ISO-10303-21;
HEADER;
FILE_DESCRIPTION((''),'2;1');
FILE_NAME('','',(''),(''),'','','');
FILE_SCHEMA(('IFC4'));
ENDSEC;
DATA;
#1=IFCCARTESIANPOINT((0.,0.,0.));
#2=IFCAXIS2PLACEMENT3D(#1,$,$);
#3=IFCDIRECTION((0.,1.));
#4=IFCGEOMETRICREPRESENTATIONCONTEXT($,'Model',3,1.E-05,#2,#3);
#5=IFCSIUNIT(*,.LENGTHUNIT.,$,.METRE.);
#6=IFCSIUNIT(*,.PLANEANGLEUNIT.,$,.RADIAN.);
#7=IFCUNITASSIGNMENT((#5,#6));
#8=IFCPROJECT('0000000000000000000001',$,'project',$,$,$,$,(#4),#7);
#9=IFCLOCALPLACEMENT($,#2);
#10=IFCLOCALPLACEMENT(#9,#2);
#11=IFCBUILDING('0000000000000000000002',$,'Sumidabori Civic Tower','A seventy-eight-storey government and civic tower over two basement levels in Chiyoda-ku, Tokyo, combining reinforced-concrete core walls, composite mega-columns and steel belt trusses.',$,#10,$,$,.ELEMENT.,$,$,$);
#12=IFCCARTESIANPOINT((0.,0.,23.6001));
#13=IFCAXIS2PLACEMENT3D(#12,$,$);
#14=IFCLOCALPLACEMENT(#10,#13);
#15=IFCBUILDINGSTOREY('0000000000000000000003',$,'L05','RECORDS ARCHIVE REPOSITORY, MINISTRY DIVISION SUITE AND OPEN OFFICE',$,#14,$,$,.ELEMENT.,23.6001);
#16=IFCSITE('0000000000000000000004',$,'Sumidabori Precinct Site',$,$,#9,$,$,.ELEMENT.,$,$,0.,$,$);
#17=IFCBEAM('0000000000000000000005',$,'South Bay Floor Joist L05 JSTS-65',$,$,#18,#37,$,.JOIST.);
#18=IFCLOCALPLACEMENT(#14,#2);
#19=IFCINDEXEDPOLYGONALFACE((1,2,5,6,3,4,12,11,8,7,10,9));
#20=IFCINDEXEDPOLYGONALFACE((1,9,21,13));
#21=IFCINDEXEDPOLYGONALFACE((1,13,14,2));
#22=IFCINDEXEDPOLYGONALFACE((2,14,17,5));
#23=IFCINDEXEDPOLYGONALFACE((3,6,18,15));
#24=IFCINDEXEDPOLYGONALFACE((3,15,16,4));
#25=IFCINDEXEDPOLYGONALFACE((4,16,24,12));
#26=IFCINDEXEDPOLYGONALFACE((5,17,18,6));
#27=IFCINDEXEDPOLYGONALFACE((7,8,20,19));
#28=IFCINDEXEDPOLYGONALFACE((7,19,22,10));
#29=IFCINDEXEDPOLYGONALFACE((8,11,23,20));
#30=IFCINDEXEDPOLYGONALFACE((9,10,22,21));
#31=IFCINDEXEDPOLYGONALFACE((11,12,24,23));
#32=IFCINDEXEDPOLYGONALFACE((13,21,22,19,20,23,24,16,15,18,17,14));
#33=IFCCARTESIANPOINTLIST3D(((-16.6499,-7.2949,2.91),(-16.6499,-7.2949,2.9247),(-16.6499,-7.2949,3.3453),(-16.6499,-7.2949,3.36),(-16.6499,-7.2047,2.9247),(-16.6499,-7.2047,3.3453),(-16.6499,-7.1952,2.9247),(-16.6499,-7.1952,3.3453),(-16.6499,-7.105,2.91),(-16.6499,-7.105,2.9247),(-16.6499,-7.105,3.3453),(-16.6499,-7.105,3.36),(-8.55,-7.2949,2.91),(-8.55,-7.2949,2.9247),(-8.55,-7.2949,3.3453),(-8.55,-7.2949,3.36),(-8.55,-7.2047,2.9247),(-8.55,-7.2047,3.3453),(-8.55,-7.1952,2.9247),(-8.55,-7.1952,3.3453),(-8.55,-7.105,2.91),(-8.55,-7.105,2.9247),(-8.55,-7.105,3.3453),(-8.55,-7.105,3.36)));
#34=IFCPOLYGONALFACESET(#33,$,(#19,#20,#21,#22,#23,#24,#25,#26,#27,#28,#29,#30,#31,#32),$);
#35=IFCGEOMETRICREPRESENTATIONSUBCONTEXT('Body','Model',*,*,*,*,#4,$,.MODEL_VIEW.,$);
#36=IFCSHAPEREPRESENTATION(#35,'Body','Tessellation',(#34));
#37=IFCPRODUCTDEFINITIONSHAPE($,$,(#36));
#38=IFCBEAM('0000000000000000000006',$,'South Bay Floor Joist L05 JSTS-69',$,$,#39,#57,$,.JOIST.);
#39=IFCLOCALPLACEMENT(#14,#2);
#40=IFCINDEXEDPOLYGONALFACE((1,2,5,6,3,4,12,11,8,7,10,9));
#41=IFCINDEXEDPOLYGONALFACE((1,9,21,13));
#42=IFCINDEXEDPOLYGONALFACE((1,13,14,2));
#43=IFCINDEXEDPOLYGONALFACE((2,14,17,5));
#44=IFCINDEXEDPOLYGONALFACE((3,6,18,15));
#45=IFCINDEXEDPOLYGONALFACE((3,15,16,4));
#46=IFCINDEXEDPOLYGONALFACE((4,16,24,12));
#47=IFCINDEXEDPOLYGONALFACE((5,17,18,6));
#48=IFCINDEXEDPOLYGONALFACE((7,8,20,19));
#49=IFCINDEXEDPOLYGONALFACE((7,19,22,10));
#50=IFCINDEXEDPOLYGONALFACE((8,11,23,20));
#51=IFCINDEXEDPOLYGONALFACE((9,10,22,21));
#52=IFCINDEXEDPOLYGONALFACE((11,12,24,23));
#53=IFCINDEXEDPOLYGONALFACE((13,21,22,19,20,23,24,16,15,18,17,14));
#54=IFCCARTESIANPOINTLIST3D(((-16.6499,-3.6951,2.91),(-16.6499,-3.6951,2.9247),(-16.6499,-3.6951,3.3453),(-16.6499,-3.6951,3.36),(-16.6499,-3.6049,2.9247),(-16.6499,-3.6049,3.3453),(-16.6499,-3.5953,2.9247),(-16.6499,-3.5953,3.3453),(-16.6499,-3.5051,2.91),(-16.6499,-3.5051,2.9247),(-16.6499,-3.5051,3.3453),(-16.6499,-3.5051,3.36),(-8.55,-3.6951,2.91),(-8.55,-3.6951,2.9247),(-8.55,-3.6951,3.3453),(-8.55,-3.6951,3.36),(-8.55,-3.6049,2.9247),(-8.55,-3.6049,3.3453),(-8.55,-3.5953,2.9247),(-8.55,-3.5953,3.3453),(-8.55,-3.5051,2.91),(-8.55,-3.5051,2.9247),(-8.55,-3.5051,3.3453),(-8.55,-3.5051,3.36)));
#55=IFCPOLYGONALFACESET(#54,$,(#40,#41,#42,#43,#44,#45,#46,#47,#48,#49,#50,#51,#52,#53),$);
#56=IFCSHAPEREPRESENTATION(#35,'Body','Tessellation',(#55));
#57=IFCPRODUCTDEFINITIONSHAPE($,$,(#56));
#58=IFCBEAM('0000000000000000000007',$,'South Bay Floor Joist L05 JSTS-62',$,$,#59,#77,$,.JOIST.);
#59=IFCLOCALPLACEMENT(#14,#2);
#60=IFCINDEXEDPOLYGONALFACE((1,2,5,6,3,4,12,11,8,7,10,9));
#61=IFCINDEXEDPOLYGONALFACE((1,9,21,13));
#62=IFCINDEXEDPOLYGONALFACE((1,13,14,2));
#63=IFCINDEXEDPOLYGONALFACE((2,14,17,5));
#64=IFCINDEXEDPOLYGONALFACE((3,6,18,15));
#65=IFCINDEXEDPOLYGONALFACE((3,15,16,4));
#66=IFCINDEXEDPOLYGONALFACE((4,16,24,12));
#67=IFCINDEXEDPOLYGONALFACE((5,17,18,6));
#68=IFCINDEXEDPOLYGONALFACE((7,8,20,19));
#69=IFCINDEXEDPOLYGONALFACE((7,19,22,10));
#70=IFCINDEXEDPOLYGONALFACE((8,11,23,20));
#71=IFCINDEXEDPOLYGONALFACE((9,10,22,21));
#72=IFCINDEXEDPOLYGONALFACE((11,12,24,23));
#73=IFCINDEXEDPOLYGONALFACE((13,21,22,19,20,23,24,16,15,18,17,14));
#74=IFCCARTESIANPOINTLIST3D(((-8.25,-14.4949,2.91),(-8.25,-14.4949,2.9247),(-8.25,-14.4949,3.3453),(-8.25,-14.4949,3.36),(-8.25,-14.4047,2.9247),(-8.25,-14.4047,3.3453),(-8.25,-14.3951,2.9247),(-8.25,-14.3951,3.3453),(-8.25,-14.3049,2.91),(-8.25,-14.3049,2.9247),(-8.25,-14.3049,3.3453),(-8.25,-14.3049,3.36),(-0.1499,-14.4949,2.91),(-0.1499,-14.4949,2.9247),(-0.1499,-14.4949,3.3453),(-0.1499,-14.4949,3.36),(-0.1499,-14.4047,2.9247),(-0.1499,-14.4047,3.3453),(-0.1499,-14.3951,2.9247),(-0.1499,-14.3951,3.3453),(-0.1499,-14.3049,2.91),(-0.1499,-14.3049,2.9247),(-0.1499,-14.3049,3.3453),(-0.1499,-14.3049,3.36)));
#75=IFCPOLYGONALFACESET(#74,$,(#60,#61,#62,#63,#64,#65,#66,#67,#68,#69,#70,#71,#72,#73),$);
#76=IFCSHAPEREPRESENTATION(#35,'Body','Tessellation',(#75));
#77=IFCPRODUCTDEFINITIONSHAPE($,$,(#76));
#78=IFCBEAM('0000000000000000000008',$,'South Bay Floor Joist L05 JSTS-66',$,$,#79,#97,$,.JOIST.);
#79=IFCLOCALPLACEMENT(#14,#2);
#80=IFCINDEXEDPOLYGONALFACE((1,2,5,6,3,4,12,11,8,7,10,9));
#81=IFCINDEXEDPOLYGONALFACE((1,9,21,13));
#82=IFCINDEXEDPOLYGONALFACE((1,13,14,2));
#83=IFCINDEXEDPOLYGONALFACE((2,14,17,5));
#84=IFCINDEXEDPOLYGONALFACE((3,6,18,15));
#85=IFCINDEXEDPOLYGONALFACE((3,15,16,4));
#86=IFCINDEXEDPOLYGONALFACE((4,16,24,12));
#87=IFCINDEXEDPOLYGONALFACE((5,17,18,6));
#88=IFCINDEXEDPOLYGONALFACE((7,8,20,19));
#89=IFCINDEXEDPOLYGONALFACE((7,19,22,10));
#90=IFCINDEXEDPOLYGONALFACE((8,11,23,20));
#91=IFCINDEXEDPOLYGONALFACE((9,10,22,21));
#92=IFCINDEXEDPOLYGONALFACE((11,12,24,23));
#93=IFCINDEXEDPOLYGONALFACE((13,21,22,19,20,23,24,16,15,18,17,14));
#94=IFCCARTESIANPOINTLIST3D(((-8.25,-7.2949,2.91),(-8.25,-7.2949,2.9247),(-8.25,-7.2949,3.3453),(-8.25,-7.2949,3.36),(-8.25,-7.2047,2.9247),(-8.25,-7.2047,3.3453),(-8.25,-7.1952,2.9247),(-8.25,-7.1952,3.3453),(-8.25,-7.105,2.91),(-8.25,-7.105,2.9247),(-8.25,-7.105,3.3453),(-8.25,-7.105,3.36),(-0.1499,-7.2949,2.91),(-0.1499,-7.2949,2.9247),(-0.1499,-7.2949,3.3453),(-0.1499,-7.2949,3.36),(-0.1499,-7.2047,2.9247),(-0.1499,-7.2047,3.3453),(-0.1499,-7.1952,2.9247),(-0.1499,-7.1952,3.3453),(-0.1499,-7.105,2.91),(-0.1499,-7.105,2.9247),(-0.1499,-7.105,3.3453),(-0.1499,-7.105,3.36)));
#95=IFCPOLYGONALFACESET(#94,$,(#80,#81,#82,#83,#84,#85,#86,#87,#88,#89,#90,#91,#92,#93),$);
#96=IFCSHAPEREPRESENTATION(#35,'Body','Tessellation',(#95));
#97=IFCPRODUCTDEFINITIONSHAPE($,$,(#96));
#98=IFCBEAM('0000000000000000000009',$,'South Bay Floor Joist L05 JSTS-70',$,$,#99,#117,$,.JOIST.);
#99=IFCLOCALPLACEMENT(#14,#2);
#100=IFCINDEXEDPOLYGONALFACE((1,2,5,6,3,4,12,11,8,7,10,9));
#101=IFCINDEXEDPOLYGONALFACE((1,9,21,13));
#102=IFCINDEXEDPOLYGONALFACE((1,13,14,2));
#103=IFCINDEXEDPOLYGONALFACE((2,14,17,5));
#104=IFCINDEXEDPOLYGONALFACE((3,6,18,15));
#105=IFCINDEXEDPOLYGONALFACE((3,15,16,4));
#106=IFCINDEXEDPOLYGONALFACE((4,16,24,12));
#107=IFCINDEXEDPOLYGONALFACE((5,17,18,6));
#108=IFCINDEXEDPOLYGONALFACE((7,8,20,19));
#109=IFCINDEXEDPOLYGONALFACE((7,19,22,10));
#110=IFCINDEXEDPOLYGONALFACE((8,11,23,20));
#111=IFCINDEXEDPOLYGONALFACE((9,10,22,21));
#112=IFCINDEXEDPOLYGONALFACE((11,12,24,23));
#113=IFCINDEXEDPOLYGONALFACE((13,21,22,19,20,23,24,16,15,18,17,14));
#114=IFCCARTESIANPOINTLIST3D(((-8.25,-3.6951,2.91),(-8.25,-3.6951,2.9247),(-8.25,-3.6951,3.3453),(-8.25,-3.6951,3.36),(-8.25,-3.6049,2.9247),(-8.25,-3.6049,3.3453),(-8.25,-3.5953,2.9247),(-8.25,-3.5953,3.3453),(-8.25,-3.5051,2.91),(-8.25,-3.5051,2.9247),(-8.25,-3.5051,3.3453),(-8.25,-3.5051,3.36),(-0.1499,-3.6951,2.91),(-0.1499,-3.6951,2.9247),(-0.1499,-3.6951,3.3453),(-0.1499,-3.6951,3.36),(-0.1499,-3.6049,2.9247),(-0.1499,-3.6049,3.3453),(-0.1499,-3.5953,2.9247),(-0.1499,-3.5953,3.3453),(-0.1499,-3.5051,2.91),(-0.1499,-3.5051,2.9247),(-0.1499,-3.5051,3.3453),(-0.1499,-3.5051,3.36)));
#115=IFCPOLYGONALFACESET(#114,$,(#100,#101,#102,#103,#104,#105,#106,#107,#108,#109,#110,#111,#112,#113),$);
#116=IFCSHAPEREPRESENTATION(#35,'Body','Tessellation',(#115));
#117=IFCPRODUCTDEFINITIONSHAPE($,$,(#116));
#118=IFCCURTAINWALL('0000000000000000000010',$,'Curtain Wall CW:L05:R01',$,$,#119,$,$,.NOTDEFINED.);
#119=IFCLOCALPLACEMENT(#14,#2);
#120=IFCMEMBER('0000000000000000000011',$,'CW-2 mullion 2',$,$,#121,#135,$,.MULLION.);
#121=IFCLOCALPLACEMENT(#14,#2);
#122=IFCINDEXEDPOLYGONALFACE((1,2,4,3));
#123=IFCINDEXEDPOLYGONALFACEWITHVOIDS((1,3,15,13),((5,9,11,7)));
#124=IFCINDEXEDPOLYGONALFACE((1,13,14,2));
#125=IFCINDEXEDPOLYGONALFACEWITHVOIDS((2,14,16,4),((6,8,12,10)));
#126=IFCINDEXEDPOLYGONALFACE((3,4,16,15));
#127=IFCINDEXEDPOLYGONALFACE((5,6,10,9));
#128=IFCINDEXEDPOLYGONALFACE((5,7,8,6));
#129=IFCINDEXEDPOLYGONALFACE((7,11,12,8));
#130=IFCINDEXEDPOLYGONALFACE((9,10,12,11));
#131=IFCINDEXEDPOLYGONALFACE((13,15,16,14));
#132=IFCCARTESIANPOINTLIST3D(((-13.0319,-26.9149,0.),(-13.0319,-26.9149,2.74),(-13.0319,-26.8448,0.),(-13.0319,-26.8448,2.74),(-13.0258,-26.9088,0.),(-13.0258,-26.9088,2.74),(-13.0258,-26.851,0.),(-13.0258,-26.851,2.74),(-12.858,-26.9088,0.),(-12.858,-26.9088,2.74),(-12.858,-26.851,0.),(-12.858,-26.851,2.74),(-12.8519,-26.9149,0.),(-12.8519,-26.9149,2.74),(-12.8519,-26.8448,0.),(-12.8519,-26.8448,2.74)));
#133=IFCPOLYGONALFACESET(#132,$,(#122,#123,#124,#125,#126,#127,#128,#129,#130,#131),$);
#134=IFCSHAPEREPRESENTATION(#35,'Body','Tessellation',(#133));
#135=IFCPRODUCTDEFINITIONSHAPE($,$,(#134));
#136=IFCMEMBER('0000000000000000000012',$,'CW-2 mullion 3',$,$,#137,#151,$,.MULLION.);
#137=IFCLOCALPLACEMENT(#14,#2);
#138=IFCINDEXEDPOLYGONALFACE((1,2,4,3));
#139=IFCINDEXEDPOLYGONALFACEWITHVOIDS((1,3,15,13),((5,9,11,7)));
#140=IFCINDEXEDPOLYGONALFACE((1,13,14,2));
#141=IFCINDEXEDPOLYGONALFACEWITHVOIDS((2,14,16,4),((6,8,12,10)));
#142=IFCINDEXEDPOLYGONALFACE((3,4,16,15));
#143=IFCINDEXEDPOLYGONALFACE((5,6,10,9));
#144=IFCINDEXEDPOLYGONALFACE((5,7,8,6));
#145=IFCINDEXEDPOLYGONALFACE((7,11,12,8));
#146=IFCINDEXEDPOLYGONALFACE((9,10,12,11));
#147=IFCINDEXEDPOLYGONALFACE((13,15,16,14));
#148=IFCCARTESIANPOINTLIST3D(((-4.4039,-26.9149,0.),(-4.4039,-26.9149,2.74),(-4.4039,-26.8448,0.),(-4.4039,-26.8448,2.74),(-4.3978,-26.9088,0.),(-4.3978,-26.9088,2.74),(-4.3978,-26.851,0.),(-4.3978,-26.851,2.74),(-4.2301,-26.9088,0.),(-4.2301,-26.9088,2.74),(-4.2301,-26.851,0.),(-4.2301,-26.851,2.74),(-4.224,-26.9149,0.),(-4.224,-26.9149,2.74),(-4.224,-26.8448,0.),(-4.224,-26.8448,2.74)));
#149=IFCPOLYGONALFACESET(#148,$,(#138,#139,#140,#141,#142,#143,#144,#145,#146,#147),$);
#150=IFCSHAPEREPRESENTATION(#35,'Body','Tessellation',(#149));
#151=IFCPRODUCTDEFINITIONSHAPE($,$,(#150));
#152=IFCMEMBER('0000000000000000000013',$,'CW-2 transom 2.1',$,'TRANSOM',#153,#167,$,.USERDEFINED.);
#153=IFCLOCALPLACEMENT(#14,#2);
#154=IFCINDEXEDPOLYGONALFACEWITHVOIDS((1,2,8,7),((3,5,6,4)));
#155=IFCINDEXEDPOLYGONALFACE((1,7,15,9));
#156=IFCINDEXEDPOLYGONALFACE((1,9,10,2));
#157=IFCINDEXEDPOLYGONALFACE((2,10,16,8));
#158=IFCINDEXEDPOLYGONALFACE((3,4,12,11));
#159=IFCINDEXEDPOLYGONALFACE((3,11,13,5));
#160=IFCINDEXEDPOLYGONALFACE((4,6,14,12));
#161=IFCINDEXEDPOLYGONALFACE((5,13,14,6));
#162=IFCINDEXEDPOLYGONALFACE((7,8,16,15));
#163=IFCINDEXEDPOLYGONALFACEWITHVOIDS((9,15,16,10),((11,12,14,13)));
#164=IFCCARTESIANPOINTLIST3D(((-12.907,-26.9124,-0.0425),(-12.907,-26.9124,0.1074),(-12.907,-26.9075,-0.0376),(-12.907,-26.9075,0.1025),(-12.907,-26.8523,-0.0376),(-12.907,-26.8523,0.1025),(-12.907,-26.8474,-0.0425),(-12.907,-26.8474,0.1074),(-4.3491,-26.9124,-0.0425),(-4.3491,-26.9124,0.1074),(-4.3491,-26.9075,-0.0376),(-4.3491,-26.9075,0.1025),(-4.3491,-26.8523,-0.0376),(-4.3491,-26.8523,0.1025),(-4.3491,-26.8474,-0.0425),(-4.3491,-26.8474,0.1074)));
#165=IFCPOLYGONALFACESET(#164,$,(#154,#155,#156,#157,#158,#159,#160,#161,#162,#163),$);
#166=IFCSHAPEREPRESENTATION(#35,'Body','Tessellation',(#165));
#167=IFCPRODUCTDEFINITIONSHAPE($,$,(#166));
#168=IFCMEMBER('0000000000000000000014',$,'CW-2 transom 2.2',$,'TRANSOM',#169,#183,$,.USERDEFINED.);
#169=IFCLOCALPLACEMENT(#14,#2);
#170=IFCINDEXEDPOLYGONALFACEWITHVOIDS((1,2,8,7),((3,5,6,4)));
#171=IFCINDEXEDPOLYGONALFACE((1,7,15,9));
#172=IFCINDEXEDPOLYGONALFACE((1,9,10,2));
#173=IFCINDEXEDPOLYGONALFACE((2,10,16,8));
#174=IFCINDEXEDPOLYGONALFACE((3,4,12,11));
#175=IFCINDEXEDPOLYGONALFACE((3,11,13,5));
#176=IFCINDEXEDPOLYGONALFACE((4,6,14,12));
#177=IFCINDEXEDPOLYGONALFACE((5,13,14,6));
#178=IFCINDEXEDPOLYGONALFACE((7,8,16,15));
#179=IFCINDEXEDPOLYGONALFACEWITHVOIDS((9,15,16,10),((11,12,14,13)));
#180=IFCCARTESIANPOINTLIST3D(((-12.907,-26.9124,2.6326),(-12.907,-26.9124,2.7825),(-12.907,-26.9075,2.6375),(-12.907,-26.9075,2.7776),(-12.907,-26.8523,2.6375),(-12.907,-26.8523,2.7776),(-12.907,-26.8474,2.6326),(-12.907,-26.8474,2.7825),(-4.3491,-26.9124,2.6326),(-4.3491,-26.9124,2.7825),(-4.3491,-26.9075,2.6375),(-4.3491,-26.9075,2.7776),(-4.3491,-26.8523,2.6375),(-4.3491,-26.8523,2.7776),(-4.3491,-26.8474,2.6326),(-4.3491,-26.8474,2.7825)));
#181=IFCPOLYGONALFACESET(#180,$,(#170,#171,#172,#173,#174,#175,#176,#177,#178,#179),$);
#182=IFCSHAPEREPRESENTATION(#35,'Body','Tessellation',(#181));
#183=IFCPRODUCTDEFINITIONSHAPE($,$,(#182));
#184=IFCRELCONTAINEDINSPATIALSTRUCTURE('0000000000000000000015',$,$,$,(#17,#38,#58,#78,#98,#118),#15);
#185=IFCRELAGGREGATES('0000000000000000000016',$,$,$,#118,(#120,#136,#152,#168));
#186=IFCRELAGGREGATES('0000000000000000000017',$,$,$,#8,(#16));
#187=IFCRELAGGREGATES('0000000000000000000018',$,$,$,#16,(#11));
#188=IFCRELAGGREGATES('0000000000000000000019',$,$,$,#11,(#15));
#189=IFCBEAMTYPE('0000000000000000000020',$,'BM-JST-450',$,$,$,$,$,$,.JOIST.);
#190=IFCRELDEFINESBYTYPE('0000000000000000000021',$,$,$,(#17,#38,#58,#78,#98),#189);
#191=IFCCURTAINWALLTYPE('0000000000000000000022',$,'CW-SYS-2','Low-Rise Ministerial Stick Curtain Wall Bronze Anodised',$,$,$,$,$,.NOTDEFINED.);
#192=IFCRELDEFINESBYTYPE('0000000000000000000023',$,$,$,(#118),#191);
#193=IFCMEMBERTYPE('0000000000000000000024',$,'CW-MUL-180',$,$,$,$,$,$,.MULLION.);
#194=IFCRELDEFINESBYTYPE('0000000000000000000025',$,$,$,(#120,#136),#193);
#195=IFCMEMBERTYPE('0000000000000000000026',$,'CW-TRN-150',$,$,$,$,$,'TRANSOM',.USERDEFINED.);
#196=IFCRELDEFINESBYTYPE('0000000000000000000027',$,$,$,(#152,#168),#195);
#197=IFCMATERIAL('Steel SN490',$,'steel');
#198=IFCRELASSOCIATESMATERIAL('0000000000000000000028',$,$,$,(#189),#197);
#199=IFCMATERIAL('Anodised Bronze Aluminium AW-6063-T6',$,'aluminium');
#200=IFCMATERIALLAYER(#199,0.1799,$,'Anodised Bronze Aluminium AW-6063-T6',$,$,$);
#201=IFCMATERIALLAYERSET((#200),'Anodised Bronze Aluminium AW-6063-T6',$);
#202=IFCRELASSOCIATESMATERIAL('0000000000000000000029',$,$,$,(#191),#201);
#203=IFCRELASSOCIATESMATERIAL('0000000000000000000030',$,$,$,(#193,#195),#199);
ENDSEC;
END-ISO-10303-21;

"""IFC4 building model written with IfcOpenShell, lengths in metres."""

from ifc_helpers import new_model, si_unit, direction, frame, origin, origin_2d, place, context, subcontext, project, spatial, hollow_rectangle, i_section, extrude, source, transform, mapped, material, layer, layer_set, material_profile, profile_set, type_object, element, aggregate, save


model = new_model("IFC4")

# Units and contexts
model_context = context("Model", 3, precision=1e-05, world=origin(), true_north=direction((0.0, 1.0)))
body_context = subcontext(model_context, "Body", "Model", "MODEL_VIEW")
ifc_project = project(units=[si_unit("LENGTHUNIT", "METRE"), si_unit("PLANEANGLEUNIT", "RADIAN")], contexts=[model_context])

# Site, building, storey
site_placement = place(None, origin())
site = spatial("IfcSite", under=ifc_project, at=site_placement, Name="Sumidabori Precinct Site", CompositionType="ELEMENT", RefElevation=0.0)
building_placement = place(site_placement, origin())
building = spatial("IfcBuilding", under=site, at=building_placement, Name="Sumidabori Civic Tower", Description="A seventy-eight-storey government and civic tower over two basement levels in Chiyoda-ku, Tokyo, combining reinforced-concrete core walls, composite mega-columns and steel belt trusses.", CompositionType="ELEMENT")
storey_placement = place(building_placement, frame((0.0, 0.0, 23.6001)))
storey = spatial("IfcBuildingStorey", under=building, at=storey_placement, Name="L05", Description="RECORDS ARCHIVE REPOSITORY, MINISTRY DIVISION SUITE AND OPEN OFFICE", CompositionType="ELEMENT", Elevation=23.6001)

# Beams
ifc_material_1 = material(Name="Steel SN490", Category="steel")
ifc_material_profile_1 = material_profile(ifc_material_1, i_section(OverallWidth=0.1899, OverallDepth=0.45, WebThickness=0.0095, FlangeThickness=0.0146, at=origin_2d()), Name="IPE 450")
ifc_profile_set_1 = profile_set([ifc_material_profile_1], Name="Steel SN490")
beam_type_1 = type_object("IfcBeamType", Name="BM-JST-450", PredefinedType="JOIST", material=ifc_profile_set_1)
shared_shape_1 = source(origin(), body_context, "Body", "SweptSolid", [
    extrude(i_section(OverallWidth=0.1899, OverallDepth=0.45, WebThickness=0.0095, FlangeThickness=0.0146, at=origin_2d()), origin(), (0.0, 0.0, 1.0), 8.0999),
])
for number, where, z_axis, x_axis, name in (
    (1, (-16.6499, -7.2, 3.135), (1.0, 0.0, 0.0), (0.0, 1.0, 0.0), "South Bay Floor Joist L05 JSTS-65"),
    (2, (-16.6499, -3.6001, 3.135), (1.0, 0.0, 0.0), (0.0, 1.0, 0.0), "South Bay Floor Joist L05 JSTS-69"),
):
    element("IfcBeam", number, at=place(storey_placement, frame(where, z_axis=z_axis, x_axis=x_axis)), inside=storey, type_object=beam_type_1, Name=name, PredefinedType="JOIST", context=body_context, shape_type="MappedRepresentation", body=[
        mapped(shared_shape_1, transform((0.0, 0.0, 0.0), x_axis=(1.0, 0.0, 0.0), y_axis=(0.0, 1.0, 0.0), z_axis=(0.0, 0.0, 1.0), scale=1.0)),
    ])
shared_shape_2 = source(origin(), body_context, "Body", "SweptSolid", [
    extrude(i_section(OverallWidth=0.1899, OverallDepth=0.45, WebThickness=0.0095, FlangeThickness=0.0146, at=origin_2d()), origin(), (0.0, 0.0, 1.0), 8.1001),
])
for number, where, z_axis, x_axis, name in (
    (3, (-8.25, -14.3999, 3.135), (1.0, 0.0, 0.0), (0.0, 1.0, 0.0), "South Bay Floor Joist L05 JSTS-62"),
    (4, (-8.25, -7.2, 3.135), (1.0, 0.0, 0.0), (0.0, 1.0, 0.0), "South Bay Floor Joist L05 JSTS-66"),
    (5, (-8.25, -3.6001, 3.135), (1.0, 0.0, 0.0), (0.0, 1.0, 0.0), "South Bay Floor Joist L05 JSTS-70"),
):
    element("IfcBeam", number, at=place(storey_placement, frame(where, z_axis=z_axis, x_axis=x_axis)), inside=storey, type_object=beam_type_1, Name=name, PredefinedType="JOIST", context=body_context, shape_type="MappedRepresentation", body=[
        mapped(shared_shape_2, transform((0.0, 0.0, 0.0), x_axis=(1.0, 0.0, 0.0), y_axis=(0.0, 1.0, 0.0), z_axis=(0.0, 0.0, 1.0), scale=1.0)),
    ])

# Curtain wall, members
ifc_material_2 = material(Name="Anodised Bronze Aluminium AW-6063-T6", Category="aluminium")
ifc_layer_1 = layer(ifc_material_2, 0.1799, Name="Anodised Bronze Aluminium AW-6063-T6")
ifc_layer_set_1 = layer_set([ifc_layer_1], Name="Anodised Bronze Aluminium AW-6063-T6")
curtain_wall_type = type_object("IfcCurtainWallType", Name="CW-SYS-2", Description="Low-Rise Ministerial Stick Curtain Wall Bronze Anodised", PredefinedType="NOTDEFINED", material=ifc_layer_set_1)
curtain_wall_placement = place(storey_placement, origin())
curtain_wall = element("IfcCurtainWall", 6, at=curtain_wall_placement, inside=storey, type_object=curtain_wall_type, Name="Curtain Wall CW:L05:R01", PredefinedType="NOTDEFINED")
ifc_material_profile_2 = material_profile(ifc_material_2, hollow_rectangle(XDim=0.0701, YDim=0.1799, WallThickness=0.0061, at=origin_2d()), Name="ALU MULLION 180x70")
ifc_profile_set_2 = profile_set([ifc_material_profile_2], Name="Anodised Bronze Aluminium AW-6063-T6")
member_type_1 = type_object("IfcMemberType", Name="CW-MUL-180", PredefinedType="MULLION", material=ifc_profile_set_2)
shared_shape_3 = source(origin(), body_context, "Body", "SweptSolid", [
    extrude(hollow_rectangle(XDim=0.0701, YDim=0.1799, WallThickness=0.0061, at=origin_2d()), origin(), (0.0, 0.0, 1.0), 2.74),
])
member_1_placement = place(storey_placement, frame((-12.9419, -26.8799, 0.0), z_axis=(0.0, 0.0, 1.0), x_axis=(0.0, 1.0, 0.0)))
member_1 = element("IfcMember", 7, at=member_1_placement, type_object=member_type_1, Name="CW-2 mullion 2", PredefinedType="MULLION", context=body_context, shape_type="MappedRepresentation", body=[
    mapped(shared_shape_3, transform((0.0, 0.0, 0.0), x_axis=(1.0, 0.0, 0.0), y_axis=(0.0, 1.0, 0.0), z_axis=(0.0, 0.0, 1.0), scale=1.0)),
])
member_2_placement = place(storey_placement, frame((-4.314, -26.8799, 0.0), z_axis=(0.0, 0.0, 1.0), x_axis=(0.0, 1.0, 0.0)))
member_2 = element("IfcMember", 8, at=member_2_placement, type_object=member_type_1, Name="CW-2 mullion 3", PredefinedType="MULLION", context=body_context, shape_type="MappedRepresentation", body=[
    mapped(shared_shape_3, transform((0.0, 0.0, 0.0), x_axis=(1.0, 0.0, 0.0), y_axis=(0.0, 1.0, 0.0), z_axis=(0.0, 0.0, 1.0), scale=1.0)),
])
ifc_material_profile_3 = material_profile(ifc_material_2, hollow_rectangle(XDim=0.0649, YDim=0.1499, WallThickness=0.0049, at=origin_2d()), Name="ALU TRANSOM 150x65")
ifc_profile_set_3 = profile_set([ifc_material_profile_3], Name="Anodised Bronze Aluminium AW-6063-T6")
member_type_2 = type_object("IfcMemberType", Name="CW-TRN-150", ElementType="TRANSOM", PredefinedType="USERDEFINED", material=ifc_profile_set_3)
shared_shape_4 = source(origin(), body_context, "Body", "SweptSolid", [
    extrude(hollow_rectangle(XDim=0.0649, YDim=0.1499, WallThickness=0.0049, at=origin_2d()), origin(), (0.0, 0.0, 1.0), 8.5579),
])
member_3_placement = place(storey_placement, frame((-12.907, -26.8799, 0.0325), z_axis=(1.0, 0.0, 0.0), x_axis=(0.0, 1.0, 0.0)))
member_3 = element("IfcMember", 9, at=member_3_placement, type_object=member_type_2, Name="CW-2 transom 2.1", ObjectType="TRANSOM", PredefinedType="USERDEFINED", context=body_context, shape_type="MappedRepresentation", body=[
    mapped(shared_shape_4, transform((0.0, 0.0, 0.0), x_axis=(1.0, 0.0, 0.0), y_axis=(0.0, 1.0, 0.0), z_axis=(0.0, 0.0, 1.0), scale=1.0)),
])
member_4_placement = place(storey_placement, frame((-12.907, -26.8799, 2.7075), z_axis=(1.0, 0.0, 0.0), x_axis=(0.0, 1.0, 0.0)))
member_4 = element("IfcMember", 10, at=member_4_placement, type_object=member_type_2, Name="CW-2 transom 2.2", ObjectType="TRANSOM", PredefinedType="USERDEFINED", context=body_context, shape_type="MappedRepresentation", body=[
    mapped(shared_shape_4, transform((0.0, 0.0, 0.0), x_axis=(1.0, 0.0, 0.0), y_axis=(0.0, 1.0, 0.0), z_axis=(0.0, 0.0, 1.0), scale=1.0)),
])
aggregate(curtain_wall, [member_1, member_2, member_3, member_4])

save(model, "model.ifc")
